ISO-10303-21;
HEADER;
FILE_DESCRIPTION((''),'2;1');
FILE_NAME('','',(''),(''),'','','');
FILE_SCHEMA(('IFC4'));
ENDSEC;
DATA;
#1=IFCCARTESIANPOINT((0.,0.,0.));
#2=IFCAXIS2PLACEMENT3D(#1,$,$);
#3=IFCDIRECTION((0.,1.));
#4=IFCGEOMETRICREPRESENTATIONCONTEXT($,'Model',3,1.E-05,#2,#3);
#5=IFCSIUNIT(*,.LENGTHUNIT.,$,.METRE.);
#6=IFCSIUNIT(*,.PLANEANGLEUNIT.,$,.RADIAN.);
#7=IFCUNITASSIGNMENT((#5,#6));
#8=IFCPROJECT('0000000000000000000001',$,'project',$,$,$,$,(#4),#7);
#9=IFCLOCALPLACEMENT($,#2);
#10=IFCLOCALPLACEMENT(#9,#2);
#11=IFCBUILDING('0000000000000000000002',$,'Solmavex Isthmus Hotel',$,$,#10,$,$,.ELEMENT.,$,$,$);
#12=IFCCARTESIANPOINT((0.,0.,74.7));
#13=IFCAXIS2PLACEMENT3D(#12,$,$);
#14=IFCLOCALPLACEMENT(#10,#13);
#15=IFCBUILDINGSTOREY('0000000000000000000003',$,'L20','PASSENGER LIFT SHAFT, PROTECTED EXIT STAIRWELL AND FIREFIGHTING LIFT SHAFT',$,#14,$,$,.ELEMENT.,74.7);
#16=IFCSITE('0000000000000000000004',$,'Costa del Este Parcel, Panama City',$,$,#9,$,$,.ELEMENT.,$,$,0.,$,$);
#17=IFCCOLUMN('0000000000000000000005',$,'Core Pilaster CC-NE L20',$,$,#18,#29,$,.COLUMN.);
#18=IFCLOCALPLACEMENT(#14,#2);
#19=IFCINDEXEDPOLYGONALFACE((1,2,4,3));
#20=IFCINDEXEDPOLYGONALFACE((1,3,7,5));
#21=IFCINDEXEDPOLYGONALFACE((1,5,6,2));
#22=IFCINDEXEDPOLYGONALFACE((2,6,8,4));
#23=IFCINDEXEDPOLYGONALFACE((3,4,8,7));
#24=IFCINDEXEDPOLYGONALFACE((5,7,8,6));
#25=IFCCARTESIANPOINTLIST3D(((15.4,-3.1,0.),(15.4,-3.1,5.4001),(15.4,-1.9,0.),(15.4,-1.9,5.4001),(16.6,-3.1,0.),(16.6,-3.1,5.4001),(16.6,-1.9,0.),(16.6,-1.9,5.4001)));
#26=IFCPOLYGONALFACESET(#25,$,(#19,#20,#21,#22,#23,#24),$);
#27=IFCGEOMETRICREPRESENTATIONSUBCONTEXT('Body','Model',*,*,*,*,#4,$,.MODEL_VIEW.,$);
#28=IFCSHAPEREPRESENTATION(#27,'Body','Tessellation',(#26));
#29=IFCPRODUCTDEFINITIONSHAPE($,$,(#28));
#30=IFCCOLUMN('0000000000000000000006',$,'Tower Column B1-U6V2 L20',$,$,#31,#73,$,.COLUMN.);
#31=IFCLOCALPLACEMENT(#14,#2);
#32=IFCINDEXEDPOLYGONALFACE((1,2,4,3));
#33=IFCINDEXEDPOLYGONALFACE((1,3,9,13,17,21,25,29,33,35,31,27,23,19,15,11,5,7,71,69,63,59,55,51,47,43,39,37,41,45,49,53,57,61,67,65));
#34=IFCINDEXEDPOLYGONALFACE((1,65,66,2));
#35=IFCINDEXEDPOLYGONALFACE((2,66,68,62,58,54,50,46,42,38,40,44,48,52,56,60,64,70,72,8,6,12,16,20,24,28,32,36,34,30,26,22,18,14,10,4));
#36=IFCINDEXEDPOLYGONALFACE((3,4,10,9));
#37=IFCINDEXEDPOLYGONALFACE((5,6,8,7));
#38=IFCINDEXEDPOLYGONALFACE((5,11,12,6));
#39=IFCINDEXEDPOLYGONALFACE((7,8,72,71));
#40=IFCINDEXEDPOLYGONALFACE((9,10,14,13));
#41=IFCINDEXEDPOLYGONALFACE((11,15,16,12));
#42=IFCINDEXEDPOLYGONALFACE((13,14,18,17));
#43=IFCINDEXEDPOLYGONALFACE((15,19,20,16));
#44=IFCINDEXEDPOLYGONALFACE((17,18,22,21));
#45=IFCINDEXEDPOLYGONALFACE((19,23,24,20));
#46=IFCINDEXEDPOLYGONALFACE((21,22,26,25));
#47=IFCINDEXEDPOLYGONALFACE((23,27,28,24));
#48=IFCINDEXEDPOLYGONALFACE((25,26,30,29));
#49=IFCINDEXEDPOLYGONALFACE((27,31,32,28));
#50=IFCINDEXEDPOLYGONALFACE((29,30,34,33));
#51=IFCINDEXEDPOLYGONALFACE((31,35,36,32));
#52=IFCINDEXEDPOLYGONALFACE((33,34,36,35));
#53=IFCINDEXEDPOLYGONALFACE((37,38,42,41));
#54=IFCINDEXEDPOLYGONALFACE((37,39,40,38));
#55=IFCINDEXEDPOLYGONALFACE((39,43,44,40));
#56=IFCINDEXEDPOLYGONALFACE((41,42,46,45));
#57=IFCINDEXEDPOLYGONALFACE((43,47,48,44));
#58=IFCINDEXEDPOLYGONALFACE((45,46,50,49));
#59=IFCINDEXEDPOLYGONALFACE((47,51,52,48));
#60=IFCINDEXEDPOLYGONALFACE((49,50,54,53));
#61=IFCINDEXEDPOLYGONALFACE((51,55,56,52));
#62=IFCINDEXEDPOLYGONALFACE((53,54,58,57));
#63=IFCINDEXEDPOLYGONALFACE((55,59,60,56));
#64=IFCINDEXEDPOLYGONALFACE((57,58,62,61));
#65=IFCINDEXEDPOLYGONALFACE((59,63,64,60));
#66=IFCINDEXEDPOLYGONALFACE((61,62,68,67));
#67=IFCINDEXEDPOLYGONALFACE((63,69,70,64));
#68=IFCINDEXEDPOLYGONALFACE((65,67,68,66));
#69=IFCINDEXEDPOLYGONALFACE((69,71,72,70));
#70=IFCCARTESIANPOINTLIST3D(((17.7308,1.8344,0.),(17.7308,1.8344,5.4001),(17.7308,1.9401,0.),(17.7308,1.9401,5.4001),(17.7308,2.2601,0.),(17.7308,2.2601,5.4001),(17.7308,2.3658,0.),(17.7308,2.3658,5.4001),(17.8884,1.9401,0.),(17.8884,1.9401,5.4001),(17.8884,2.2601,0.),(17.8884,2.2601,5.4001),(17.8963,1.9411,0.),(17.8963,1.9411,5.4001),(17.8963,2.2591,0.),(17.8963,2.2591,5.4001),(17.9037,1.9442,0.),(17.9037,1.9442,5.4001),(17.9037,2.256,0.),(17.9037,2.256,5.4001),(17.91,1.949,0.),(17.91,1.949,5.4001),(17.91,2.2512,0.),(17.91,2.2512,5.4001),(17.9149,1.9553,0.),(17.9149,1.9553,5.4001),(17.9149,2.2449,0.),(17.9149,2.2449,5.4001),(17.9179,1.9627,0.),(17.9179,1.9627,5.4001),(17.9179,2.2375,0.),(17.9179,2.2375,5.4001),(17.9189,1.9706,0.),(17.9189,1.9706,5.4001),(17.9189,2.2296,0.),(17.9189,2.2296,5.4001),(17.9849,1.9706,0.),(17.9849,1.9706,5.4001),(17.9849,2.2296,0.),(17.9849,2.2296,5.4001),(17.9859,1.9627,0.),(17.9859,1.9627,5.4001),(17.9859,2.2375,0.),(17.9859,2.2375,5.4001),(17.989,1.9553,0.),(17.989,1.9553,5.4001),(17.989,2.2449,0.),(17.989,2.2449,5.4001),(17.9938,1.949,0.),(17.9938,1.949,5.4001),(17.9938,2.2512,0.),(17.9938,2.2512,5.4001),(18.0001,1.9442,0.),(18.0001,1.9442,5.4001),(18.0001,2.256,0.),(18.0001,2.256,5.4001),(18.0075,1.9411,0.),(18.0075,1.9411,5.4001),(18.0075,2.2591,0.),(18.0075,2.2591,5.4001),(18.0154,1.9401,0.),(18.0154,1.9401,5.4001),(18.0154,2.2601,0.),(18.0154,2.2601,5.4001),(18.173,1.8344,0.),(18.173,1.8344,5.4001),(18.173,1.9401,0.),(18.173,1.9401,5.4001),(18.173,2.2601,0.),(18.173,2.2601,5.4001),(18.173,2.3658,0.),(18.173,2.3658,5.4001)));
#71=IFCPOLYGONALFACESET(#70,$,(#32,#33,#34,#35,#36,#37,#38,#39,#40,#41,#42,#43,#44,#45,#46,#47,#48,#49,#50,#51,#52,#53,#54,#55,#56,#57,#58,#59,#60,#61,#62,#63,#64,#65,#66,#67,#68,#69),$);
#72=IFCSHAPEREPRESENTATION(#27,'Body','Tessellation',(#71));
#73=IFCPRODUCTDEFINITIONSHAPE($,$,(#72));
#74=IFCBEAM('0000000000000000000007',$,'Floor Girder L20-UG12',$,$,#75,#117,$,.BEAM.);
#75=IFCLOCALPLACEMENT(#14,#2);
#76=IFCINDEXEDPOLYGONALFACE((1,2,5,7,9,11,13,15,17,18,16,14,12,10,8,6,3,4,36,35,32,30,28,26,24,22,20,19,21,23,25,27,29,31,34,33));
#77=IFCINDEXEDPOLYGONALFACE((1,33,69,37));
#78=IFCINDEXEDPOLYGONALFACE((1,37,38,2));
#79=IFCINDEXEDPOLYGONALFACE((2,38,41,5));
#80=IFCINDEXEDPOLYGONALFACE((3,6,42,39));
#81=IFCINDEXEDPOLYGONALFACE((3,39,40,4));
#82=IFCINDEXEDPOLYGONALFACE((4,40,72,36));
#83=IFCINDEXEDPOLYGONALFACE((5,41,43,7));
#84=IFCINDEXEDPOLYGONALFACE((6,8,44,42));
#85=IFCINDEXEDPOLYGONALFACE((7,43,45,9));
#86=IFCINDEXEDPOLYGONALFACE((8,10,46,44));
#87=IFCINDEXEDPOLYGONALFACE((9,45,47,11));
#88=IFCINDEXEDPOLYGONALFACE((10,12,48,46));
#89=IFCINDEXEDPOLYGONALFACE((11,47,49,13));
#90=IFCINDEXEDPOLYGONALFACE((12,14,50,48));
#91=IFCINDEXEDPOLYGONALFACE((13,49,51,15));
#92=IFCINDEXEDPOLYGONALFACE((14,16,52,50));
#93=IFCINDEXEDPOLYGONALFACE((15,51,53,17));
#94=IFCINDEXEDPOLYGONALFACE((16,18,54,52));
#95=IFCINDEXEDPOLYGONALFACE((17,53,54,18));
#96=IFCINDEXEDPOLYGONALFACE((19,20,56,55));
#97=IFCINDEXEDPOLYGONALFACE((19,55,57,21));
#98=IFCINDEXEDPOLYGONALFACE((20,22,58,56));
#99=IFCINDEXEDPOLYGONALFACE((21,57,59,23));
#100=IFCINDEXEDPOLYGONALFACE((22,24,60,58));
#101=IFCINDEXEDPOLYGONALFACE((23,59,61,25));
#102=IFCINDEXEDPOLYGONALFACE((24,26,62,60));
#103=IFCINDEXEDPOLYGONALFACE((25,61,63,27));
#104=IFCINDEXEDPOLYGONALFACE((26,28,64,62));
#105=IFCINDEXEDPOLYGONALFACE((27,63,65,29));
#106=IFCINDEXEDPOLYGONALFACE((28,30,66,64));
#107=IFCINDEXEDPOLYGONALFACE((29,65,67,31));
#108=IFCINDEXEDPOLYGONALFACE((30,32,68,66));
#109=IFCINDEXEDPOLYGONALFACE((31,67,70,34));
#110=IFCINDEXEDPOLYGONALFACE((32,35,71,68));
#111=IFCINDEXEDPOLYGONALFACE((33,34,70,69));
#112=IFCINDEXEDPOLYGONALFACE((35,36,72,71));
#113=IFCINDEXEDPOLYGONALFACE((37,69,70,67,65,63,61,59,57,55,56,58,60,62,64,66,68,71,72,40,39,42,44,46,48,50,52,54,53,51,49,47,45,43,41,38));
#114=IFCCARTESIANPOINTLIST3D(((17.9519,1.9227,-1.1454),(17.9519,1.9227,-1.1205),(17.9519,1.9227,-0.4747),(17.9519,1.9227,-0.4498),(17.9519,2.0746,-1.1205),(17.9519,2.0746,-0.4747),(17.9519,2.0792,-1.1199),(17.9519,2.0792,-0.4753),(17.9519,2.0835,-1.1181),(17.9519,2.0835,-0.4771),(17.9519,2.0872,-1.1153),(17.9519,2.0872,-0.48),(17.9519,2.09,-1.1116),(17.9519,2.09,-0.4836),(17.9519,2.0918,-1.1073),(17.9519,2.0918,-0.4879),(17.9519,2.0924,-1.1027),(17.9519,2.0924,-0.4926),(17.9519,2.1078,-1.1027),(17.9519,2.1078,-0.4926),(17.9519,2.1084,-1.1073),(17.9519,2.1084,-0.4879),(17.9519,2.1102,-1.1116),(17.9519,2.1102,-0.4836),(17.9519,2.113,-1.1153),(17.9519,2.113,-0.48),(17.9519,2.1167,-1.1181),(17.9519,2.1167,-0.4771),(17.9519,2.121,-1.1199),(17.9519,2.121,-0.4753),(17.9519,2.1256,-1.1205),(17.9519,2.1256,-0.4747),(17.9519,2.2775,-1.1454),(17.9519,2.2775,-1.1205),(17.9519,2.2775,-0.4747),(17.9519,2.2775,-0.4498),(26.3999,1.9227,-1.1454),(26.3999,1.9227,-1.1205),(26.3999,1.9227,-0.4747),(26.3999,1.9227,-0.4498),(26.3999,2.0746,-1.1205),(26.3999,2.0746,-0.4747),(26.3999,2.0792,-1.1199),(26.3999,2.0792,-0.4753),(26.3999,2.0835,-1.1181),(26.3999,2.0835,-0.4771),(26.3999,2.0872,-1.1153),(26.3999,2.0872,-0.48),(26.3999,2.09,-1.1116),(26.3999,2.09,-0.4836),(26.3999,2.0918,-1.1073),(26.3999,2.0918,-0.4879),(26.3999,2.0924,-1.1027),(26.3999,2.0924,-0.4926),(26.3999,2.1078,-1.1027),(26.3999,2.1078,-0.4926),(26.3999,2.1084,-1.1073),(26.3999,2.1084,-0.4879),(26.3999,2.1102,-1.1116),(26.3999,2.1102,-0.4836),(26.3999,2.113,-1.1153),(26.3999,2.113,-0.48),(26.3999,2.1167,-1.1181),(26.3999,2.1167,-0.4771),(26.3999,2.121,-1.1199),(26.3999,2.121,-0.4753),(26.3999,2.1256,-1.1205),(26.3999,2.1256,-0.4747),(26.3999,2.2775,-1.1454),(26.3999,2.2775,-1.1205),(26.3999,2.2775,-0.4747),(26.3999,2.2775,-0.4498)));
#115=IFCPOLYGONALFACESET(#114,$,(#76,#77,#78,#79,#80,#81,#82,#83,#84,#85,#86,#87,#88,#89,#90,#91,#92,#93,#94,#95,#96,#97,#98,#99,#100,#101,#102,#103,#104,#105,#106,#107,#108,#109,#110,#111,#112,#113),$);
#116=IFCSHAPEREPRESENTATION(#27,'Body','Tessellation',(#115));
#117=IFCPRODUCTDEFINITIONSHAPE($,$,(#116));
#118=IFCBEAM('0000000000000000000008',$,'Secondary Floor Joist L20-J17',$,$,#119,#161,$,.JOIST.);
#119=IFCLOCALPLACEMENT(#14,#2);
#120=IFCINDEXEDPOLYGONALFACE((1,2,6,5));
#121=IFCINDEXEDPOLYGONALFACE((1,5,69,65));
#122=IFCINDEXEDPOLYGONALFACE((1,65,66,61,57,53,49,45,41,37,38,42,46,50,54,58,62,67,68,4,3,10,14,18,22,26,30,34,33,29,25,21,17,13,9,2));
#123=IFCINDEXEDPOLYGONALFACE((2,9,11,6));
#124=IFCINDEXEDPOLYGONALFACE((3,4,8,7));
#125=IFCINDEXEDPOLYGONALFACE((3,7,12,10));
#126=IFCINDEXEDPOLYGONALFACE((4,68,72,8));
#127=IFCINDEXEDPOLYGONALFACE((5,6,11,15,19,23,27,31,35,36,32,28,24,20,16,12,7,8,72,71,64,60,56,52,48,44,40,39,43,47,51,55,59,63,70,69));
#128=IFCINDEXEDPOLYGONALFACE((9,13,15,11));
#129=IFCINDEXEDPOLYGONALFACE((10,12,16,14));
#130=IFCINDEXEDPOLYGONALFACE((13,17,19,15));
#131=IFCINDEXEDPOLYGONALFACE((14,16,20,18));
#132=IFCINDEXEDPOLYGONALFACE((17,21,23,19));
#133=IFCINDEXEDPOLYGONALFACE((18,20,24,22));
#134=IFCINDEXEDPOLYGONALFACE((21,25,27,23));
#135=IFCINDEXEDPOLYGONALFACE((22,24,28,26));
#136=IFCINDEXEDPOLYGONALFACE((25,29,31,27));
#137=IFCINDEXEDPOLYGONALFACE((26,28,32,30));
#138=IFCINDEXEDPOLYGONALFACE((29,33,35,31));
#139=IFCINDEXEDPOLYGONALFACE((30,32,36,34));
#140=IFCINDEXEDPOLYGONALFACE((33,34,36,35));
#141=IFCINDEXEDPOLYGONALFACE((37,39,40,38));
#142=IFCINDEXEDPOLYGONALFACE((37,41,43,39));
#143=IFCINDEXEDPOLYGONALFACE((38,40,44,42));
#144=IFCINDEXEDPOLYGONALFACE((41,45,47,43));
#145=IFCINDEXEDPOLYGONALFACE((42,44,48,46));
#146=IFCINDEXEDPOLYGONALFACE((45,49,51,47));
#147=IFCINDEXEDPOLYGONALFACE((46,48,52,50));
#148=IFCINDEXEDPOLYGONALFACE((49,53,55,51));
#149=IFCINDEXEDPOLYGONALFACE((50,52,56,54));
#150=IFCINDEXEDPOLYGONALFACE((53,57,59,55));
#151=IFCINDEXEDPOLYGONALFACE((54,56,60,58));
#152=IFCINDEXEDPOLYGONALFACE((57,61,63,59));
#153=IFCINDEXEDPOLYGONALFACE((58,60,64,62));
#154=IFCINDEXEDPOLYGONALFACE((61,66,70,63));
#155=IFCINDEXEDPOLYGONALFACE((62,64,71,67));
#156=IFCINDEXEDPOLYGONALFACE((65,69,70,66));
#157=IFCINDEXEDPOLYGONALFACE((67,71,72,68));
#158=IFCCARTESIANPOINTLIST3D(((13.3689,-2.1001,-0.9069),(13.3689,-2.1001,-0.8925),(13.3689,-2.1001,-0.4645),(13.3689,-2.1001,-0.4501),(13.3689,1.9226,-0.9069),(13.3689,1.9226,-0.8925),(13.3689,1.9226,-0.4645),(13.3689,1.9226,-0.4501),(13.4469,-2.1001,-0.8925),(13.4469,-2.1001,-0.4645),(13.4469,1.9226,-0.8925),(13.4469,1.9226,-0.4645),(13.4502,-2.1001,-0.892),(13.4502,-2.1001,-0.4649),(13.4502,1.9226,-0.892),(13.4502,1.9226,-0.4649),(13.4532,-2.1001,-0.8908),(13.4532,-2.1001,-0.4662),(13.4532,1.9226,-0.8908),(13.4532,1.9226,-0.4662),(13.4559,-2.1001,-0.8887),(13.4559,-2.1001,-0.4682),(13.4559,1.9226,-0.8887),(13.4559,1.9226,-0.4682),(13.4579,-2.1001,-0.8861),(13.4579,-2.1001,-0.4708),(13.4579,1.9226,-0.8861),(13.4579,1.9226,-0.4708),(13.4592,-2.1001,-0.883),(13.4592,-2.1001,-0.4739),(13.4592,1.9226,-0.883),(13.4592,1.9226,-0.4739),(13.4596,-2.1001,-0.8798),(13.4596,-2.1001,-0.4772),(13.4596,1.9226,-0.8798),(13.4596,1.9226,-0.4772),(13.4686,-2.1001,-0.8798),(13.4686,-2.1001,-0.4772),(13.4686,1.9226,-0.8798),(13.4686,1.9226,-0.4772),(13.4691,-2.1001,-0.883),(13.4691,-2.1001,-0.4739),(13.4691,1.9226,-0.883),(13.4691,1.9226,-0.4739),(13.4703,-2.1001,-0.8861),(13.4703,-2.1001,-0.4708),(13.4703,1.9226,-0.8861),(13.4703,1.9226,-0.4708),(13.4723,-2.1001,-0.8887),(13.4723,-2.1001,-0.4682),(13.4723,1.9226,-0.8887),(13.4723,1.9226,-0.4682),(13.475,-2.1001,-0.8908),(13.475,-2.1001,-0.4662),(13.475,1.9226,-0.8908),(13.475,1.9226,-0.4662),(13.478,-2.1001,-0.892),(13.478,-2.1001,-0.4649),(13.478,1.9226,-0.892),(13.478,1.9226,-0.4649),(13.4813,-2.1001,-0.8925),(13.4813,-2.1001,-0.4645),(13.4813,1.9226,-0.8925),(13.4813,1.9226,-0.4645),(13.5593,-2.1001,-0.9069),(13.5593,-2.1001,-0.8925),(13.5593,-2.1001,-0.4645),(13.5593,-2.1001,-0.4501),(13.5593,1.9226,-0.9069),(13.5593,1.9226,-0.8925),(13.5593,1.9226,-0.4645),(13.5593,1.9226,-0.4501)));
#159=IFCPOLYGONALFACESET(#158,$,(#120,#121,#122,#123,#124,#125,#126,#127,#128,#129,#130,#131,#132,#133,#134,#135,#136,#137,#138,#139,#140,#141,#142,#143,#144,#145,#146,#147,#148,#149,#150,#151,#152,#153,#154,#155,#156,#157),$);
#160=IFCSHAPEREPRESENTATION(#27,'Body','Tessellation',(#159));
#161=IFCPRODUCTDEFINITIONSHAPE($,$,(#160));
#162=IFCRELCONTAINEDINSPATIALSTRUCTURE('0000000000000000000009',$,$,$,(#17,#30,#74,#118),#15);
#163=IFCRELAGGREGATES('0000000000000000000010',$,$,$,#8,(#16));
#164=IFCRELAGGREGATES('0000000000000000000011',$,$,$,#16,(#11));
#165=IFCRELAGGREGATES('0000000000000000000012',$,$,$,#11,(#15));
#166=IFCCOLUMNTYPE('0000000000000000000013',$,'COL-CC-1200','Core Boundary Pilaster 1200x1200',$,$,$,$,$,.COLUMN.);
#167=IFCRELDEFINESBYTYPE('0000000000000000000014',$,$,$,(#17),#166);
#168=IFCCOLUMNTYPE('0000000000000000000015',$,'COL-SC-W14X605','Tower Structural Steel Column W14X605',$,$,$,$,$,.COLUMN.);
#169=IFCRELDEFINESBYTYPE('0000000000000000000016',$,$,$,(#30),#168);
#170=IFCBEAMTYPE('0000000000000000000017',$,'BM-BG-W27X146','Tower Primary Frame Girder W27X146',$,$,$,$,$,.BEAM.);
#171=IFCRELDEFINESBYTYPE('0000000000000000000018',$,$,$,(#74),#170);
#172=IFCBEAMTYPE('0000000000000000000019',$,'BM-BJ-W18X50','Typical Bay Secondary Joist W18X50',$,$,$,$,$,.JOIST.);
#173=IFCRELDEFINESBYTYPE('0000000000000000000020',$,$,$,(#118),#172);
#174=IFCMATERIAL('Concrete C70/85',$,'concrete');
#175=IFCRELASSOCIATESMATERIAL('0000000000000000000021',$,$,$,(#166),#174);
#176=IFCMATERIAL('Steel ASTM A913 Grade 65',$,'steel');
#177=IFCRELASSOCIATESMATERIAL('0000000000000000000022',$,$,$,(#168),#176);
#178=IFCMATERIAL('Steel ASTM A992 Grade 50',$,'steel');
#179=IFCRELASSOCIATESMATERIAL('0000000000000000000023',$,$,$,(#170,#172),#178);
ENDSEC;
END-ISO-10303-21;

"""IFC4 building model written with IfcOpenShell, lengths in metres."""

from ifc_helpers import new_model, si_unit, direction, frame, origin, origin_2d, place, context, subcontext, project, spatial, rectangle, i_section, extrude, material, material_profile, profile_set, type_object, element, save


model = new_model("IFC4")

# Units and contexts
model_context = context("Model", 3, precision=1e-05, world=origin(), true_north=direction((0.0, 1.0)))
body_context = subcontext(model_context, "Body", "Model", "MODEL_VIEW")
ifc_project = project(units=[si_unit("LENGTHUNIT", "METRE"), si_unit("PLANEANGLEUNIT", "RADIAN")], contexts=[model_context])

# Site, building, storey
site_placement = place(None, origin())
site = spatial("IfcSite", under=ifc_project, at=site_placement, Name="Costa del Este Parcel, Panama City", CompositionType="ELEMENT", RefElevation=0.0)
building_placement = place(site_placement, origin())
building = spatial("IfcBuilding", under=site, at=building_placement, Name="Solmavex Isthmus Hotel", CompositionType="ELEMENT")
storey_placement = place(building_placement, frame((0.0, 0.0, 74.7)))
storey = spatial("IfcBuildingStorey", under=building, at=storey_placement, Name="L20", Description="PASSENGER LIFT SHAFT, PROTECTED EXIT STAIRWELL AND FIREFIGHTING LIFT SHAFT", CompositionType="ELEMENT", Elevation=74.7)

# Columns
ifc_material_1 = material(Name="Concrete C70/85", Category="concrete")
ifc_material_profile_1 = material_profile(ifc_material_1, rectangle(XDim=1.2, YDim=1.2, at=origin_2d()), Name="RC1200X1200")
ifc_profile_set_1 = profile_set([ifc_material_profile_1], Name="Concrete C70/85")
column_type_1 = type_object("IfcColumnType", Name="COL-CC-1200", Description="Core Boundary Pilaster 1200x1200", PredefinedType="COLUMN", material=ifc_profile_set_1)
column_1_placement = place(storey_placement, frame((16.0, -2.5, 0.0), z_axis=(0.0, 0.0, 1.0), x_axis=(1.0, 0.0, 0.0)))
element("IfcColumn", 1, at=column_1_placement, inside=storey, type_object=column_type_1, Name="Core Pilaster CC-NE L20", PredefinedType="COLUMN", context=body_context, shape_type="SweptSolid", body=[
    extrude(rectangle(XDim=1.2, YDim=1.2, at=origin_2d()), origin(), (0.0, 0.0, 1.0), 5.4001),
])
ifc_material_2 = material(Name="Steel ASTM A913 Grade 65", Category="steel")
ifc_material_profile_2 = material_profile(ifc_material_2, i_section(OverallWidth=0.4421, OverallDepth=0.5315, WebThickness=0.0659, FlangeThickness=0.1057, FilletRadius=0.0305, at=origin_2d()), Name="W14X605")
ifc_profile_set_2 = profile_set([ifc_material_profile_2], Name="Steel ASTM A913 Grade 65")
column_type_2 = type_object("IfcColumnType", Name="COL-SC-W14X605", Description="Tower Structural Steel Column W14X605", PredefinedType="COLUMN", material=ifc_profile_set_2)
column_2_placement = place(storey_placement, frame((17.9519, 2.1001, 0.0), z_axis=(0.0, 0.0, 1.0), x_axis=(1.0, 0.0, 0.0)))
element("IfcColumn", 2, at=column_2_placement, inside=storey, type_object=column_type_2, Name="Tower Column B1-U6V2 L20", PredefinedType="COLUMN", context=body_context, shape_type="SweptSolid", body=[
    extrude(i_section(OverallWidth=0.4421, OverallDepth=0.5315, WebThickness=0.0659, FlangeThickness=0.1057, FilletRadius=0.0305, at=origin_2d()), origin(), (0.0, 0.0, 1.0), 5.4001),
])

# Beams
ifc_material_3 = material(Name="Steel ASTM A992 Grade 50", Category="steel")
ifc_material_profile_3 = material_profile(ifc_material_3, i_section(OverallWidth=0.3547, OverallDepth=0.6956, WebThickness=0.0154, FlangeThickness=0.0249, FilletRadius=0.0178, at=origin_2d()), Name="W27X146")
ifc_profile_set_3 = profile_set([ifc_material_profile_3], Name="Steel ASTM A992 Grade 50")
beam_type_1 = type_object("IfcBeamType", Name="BM-BG-W27X146", Description="Tower Primary Frame Girder W27X146", PredefinedType="BEAM", material=ifc_profile_set_3)
beam_1_placement = place(storey_placement, frame((17.9519, 2.1001, -0.7976), z_axis=(1.0, 0.0, 0.0), x_axis=(0.0, 1.0, 0.0)))
element("IfcBeam", 3, at=beam_1_placement, inside=storey, type_object=beam_type_1, Name="Floor Girder L20-UG12", PredefinedType="BEAM", context=body_context, shape_type="SweptSolid", body=[
    extrude(i_section(OverallWidth=0.3547, OverallDepth=0.6956, WebThickness=0.0154, FlangeThickness=0.0249, FilletRadius=0.0178, at=origin_2d()), origin(), (0.0, 0.0, 1.0), 8.448),
])
ifc_material_profile_4 = material_profile(ifc_material_3, i_section(OverallWidth=0.1904, OverallDepth=0.4568, WebThickness=0.009, FlangeThickness=0.0144, FilletRadius=0.0127, at=origin_2d()), Name="W18X50")
ifc_profile_set_4 = profile_set([ifc_material_profile_4], Name="Steel ASTM A992 Grade 50")
beam_type_2 = type_object("IfcBeamType", Name="BM-BJ-W18X50", Description="Typical Bay Secondary Joist W18X50", PredefinedType="JOIST", material=ifc_profile_set_4)
beam_2_placement = place(storey_placement, frame((13.4641, -2.1001, -0.6785), z_axis=(0.0, 1.0, 0.0), x_axis=(-1.0, 0.0, 0.0)))
element("IfcBeam", 4, at=beam_2_placement, inside=storey, type_object=beam_type_2, Name="Secondary Floor Joist L20-J17", PredefinedType="JOIST", context=body_context, shape_type="SweptSolid", body=[
    extrude(i_section(OverallWidth=0.1904, OverallDepth=0.4568, WebThickness=0.009, FlangeThickness=0.0144, FilletRadius=0.0127, at=origin_2d()), origin(), (0.0, 0.0, 1.0), 4.0227),
])

save(model, "model.ifc")
